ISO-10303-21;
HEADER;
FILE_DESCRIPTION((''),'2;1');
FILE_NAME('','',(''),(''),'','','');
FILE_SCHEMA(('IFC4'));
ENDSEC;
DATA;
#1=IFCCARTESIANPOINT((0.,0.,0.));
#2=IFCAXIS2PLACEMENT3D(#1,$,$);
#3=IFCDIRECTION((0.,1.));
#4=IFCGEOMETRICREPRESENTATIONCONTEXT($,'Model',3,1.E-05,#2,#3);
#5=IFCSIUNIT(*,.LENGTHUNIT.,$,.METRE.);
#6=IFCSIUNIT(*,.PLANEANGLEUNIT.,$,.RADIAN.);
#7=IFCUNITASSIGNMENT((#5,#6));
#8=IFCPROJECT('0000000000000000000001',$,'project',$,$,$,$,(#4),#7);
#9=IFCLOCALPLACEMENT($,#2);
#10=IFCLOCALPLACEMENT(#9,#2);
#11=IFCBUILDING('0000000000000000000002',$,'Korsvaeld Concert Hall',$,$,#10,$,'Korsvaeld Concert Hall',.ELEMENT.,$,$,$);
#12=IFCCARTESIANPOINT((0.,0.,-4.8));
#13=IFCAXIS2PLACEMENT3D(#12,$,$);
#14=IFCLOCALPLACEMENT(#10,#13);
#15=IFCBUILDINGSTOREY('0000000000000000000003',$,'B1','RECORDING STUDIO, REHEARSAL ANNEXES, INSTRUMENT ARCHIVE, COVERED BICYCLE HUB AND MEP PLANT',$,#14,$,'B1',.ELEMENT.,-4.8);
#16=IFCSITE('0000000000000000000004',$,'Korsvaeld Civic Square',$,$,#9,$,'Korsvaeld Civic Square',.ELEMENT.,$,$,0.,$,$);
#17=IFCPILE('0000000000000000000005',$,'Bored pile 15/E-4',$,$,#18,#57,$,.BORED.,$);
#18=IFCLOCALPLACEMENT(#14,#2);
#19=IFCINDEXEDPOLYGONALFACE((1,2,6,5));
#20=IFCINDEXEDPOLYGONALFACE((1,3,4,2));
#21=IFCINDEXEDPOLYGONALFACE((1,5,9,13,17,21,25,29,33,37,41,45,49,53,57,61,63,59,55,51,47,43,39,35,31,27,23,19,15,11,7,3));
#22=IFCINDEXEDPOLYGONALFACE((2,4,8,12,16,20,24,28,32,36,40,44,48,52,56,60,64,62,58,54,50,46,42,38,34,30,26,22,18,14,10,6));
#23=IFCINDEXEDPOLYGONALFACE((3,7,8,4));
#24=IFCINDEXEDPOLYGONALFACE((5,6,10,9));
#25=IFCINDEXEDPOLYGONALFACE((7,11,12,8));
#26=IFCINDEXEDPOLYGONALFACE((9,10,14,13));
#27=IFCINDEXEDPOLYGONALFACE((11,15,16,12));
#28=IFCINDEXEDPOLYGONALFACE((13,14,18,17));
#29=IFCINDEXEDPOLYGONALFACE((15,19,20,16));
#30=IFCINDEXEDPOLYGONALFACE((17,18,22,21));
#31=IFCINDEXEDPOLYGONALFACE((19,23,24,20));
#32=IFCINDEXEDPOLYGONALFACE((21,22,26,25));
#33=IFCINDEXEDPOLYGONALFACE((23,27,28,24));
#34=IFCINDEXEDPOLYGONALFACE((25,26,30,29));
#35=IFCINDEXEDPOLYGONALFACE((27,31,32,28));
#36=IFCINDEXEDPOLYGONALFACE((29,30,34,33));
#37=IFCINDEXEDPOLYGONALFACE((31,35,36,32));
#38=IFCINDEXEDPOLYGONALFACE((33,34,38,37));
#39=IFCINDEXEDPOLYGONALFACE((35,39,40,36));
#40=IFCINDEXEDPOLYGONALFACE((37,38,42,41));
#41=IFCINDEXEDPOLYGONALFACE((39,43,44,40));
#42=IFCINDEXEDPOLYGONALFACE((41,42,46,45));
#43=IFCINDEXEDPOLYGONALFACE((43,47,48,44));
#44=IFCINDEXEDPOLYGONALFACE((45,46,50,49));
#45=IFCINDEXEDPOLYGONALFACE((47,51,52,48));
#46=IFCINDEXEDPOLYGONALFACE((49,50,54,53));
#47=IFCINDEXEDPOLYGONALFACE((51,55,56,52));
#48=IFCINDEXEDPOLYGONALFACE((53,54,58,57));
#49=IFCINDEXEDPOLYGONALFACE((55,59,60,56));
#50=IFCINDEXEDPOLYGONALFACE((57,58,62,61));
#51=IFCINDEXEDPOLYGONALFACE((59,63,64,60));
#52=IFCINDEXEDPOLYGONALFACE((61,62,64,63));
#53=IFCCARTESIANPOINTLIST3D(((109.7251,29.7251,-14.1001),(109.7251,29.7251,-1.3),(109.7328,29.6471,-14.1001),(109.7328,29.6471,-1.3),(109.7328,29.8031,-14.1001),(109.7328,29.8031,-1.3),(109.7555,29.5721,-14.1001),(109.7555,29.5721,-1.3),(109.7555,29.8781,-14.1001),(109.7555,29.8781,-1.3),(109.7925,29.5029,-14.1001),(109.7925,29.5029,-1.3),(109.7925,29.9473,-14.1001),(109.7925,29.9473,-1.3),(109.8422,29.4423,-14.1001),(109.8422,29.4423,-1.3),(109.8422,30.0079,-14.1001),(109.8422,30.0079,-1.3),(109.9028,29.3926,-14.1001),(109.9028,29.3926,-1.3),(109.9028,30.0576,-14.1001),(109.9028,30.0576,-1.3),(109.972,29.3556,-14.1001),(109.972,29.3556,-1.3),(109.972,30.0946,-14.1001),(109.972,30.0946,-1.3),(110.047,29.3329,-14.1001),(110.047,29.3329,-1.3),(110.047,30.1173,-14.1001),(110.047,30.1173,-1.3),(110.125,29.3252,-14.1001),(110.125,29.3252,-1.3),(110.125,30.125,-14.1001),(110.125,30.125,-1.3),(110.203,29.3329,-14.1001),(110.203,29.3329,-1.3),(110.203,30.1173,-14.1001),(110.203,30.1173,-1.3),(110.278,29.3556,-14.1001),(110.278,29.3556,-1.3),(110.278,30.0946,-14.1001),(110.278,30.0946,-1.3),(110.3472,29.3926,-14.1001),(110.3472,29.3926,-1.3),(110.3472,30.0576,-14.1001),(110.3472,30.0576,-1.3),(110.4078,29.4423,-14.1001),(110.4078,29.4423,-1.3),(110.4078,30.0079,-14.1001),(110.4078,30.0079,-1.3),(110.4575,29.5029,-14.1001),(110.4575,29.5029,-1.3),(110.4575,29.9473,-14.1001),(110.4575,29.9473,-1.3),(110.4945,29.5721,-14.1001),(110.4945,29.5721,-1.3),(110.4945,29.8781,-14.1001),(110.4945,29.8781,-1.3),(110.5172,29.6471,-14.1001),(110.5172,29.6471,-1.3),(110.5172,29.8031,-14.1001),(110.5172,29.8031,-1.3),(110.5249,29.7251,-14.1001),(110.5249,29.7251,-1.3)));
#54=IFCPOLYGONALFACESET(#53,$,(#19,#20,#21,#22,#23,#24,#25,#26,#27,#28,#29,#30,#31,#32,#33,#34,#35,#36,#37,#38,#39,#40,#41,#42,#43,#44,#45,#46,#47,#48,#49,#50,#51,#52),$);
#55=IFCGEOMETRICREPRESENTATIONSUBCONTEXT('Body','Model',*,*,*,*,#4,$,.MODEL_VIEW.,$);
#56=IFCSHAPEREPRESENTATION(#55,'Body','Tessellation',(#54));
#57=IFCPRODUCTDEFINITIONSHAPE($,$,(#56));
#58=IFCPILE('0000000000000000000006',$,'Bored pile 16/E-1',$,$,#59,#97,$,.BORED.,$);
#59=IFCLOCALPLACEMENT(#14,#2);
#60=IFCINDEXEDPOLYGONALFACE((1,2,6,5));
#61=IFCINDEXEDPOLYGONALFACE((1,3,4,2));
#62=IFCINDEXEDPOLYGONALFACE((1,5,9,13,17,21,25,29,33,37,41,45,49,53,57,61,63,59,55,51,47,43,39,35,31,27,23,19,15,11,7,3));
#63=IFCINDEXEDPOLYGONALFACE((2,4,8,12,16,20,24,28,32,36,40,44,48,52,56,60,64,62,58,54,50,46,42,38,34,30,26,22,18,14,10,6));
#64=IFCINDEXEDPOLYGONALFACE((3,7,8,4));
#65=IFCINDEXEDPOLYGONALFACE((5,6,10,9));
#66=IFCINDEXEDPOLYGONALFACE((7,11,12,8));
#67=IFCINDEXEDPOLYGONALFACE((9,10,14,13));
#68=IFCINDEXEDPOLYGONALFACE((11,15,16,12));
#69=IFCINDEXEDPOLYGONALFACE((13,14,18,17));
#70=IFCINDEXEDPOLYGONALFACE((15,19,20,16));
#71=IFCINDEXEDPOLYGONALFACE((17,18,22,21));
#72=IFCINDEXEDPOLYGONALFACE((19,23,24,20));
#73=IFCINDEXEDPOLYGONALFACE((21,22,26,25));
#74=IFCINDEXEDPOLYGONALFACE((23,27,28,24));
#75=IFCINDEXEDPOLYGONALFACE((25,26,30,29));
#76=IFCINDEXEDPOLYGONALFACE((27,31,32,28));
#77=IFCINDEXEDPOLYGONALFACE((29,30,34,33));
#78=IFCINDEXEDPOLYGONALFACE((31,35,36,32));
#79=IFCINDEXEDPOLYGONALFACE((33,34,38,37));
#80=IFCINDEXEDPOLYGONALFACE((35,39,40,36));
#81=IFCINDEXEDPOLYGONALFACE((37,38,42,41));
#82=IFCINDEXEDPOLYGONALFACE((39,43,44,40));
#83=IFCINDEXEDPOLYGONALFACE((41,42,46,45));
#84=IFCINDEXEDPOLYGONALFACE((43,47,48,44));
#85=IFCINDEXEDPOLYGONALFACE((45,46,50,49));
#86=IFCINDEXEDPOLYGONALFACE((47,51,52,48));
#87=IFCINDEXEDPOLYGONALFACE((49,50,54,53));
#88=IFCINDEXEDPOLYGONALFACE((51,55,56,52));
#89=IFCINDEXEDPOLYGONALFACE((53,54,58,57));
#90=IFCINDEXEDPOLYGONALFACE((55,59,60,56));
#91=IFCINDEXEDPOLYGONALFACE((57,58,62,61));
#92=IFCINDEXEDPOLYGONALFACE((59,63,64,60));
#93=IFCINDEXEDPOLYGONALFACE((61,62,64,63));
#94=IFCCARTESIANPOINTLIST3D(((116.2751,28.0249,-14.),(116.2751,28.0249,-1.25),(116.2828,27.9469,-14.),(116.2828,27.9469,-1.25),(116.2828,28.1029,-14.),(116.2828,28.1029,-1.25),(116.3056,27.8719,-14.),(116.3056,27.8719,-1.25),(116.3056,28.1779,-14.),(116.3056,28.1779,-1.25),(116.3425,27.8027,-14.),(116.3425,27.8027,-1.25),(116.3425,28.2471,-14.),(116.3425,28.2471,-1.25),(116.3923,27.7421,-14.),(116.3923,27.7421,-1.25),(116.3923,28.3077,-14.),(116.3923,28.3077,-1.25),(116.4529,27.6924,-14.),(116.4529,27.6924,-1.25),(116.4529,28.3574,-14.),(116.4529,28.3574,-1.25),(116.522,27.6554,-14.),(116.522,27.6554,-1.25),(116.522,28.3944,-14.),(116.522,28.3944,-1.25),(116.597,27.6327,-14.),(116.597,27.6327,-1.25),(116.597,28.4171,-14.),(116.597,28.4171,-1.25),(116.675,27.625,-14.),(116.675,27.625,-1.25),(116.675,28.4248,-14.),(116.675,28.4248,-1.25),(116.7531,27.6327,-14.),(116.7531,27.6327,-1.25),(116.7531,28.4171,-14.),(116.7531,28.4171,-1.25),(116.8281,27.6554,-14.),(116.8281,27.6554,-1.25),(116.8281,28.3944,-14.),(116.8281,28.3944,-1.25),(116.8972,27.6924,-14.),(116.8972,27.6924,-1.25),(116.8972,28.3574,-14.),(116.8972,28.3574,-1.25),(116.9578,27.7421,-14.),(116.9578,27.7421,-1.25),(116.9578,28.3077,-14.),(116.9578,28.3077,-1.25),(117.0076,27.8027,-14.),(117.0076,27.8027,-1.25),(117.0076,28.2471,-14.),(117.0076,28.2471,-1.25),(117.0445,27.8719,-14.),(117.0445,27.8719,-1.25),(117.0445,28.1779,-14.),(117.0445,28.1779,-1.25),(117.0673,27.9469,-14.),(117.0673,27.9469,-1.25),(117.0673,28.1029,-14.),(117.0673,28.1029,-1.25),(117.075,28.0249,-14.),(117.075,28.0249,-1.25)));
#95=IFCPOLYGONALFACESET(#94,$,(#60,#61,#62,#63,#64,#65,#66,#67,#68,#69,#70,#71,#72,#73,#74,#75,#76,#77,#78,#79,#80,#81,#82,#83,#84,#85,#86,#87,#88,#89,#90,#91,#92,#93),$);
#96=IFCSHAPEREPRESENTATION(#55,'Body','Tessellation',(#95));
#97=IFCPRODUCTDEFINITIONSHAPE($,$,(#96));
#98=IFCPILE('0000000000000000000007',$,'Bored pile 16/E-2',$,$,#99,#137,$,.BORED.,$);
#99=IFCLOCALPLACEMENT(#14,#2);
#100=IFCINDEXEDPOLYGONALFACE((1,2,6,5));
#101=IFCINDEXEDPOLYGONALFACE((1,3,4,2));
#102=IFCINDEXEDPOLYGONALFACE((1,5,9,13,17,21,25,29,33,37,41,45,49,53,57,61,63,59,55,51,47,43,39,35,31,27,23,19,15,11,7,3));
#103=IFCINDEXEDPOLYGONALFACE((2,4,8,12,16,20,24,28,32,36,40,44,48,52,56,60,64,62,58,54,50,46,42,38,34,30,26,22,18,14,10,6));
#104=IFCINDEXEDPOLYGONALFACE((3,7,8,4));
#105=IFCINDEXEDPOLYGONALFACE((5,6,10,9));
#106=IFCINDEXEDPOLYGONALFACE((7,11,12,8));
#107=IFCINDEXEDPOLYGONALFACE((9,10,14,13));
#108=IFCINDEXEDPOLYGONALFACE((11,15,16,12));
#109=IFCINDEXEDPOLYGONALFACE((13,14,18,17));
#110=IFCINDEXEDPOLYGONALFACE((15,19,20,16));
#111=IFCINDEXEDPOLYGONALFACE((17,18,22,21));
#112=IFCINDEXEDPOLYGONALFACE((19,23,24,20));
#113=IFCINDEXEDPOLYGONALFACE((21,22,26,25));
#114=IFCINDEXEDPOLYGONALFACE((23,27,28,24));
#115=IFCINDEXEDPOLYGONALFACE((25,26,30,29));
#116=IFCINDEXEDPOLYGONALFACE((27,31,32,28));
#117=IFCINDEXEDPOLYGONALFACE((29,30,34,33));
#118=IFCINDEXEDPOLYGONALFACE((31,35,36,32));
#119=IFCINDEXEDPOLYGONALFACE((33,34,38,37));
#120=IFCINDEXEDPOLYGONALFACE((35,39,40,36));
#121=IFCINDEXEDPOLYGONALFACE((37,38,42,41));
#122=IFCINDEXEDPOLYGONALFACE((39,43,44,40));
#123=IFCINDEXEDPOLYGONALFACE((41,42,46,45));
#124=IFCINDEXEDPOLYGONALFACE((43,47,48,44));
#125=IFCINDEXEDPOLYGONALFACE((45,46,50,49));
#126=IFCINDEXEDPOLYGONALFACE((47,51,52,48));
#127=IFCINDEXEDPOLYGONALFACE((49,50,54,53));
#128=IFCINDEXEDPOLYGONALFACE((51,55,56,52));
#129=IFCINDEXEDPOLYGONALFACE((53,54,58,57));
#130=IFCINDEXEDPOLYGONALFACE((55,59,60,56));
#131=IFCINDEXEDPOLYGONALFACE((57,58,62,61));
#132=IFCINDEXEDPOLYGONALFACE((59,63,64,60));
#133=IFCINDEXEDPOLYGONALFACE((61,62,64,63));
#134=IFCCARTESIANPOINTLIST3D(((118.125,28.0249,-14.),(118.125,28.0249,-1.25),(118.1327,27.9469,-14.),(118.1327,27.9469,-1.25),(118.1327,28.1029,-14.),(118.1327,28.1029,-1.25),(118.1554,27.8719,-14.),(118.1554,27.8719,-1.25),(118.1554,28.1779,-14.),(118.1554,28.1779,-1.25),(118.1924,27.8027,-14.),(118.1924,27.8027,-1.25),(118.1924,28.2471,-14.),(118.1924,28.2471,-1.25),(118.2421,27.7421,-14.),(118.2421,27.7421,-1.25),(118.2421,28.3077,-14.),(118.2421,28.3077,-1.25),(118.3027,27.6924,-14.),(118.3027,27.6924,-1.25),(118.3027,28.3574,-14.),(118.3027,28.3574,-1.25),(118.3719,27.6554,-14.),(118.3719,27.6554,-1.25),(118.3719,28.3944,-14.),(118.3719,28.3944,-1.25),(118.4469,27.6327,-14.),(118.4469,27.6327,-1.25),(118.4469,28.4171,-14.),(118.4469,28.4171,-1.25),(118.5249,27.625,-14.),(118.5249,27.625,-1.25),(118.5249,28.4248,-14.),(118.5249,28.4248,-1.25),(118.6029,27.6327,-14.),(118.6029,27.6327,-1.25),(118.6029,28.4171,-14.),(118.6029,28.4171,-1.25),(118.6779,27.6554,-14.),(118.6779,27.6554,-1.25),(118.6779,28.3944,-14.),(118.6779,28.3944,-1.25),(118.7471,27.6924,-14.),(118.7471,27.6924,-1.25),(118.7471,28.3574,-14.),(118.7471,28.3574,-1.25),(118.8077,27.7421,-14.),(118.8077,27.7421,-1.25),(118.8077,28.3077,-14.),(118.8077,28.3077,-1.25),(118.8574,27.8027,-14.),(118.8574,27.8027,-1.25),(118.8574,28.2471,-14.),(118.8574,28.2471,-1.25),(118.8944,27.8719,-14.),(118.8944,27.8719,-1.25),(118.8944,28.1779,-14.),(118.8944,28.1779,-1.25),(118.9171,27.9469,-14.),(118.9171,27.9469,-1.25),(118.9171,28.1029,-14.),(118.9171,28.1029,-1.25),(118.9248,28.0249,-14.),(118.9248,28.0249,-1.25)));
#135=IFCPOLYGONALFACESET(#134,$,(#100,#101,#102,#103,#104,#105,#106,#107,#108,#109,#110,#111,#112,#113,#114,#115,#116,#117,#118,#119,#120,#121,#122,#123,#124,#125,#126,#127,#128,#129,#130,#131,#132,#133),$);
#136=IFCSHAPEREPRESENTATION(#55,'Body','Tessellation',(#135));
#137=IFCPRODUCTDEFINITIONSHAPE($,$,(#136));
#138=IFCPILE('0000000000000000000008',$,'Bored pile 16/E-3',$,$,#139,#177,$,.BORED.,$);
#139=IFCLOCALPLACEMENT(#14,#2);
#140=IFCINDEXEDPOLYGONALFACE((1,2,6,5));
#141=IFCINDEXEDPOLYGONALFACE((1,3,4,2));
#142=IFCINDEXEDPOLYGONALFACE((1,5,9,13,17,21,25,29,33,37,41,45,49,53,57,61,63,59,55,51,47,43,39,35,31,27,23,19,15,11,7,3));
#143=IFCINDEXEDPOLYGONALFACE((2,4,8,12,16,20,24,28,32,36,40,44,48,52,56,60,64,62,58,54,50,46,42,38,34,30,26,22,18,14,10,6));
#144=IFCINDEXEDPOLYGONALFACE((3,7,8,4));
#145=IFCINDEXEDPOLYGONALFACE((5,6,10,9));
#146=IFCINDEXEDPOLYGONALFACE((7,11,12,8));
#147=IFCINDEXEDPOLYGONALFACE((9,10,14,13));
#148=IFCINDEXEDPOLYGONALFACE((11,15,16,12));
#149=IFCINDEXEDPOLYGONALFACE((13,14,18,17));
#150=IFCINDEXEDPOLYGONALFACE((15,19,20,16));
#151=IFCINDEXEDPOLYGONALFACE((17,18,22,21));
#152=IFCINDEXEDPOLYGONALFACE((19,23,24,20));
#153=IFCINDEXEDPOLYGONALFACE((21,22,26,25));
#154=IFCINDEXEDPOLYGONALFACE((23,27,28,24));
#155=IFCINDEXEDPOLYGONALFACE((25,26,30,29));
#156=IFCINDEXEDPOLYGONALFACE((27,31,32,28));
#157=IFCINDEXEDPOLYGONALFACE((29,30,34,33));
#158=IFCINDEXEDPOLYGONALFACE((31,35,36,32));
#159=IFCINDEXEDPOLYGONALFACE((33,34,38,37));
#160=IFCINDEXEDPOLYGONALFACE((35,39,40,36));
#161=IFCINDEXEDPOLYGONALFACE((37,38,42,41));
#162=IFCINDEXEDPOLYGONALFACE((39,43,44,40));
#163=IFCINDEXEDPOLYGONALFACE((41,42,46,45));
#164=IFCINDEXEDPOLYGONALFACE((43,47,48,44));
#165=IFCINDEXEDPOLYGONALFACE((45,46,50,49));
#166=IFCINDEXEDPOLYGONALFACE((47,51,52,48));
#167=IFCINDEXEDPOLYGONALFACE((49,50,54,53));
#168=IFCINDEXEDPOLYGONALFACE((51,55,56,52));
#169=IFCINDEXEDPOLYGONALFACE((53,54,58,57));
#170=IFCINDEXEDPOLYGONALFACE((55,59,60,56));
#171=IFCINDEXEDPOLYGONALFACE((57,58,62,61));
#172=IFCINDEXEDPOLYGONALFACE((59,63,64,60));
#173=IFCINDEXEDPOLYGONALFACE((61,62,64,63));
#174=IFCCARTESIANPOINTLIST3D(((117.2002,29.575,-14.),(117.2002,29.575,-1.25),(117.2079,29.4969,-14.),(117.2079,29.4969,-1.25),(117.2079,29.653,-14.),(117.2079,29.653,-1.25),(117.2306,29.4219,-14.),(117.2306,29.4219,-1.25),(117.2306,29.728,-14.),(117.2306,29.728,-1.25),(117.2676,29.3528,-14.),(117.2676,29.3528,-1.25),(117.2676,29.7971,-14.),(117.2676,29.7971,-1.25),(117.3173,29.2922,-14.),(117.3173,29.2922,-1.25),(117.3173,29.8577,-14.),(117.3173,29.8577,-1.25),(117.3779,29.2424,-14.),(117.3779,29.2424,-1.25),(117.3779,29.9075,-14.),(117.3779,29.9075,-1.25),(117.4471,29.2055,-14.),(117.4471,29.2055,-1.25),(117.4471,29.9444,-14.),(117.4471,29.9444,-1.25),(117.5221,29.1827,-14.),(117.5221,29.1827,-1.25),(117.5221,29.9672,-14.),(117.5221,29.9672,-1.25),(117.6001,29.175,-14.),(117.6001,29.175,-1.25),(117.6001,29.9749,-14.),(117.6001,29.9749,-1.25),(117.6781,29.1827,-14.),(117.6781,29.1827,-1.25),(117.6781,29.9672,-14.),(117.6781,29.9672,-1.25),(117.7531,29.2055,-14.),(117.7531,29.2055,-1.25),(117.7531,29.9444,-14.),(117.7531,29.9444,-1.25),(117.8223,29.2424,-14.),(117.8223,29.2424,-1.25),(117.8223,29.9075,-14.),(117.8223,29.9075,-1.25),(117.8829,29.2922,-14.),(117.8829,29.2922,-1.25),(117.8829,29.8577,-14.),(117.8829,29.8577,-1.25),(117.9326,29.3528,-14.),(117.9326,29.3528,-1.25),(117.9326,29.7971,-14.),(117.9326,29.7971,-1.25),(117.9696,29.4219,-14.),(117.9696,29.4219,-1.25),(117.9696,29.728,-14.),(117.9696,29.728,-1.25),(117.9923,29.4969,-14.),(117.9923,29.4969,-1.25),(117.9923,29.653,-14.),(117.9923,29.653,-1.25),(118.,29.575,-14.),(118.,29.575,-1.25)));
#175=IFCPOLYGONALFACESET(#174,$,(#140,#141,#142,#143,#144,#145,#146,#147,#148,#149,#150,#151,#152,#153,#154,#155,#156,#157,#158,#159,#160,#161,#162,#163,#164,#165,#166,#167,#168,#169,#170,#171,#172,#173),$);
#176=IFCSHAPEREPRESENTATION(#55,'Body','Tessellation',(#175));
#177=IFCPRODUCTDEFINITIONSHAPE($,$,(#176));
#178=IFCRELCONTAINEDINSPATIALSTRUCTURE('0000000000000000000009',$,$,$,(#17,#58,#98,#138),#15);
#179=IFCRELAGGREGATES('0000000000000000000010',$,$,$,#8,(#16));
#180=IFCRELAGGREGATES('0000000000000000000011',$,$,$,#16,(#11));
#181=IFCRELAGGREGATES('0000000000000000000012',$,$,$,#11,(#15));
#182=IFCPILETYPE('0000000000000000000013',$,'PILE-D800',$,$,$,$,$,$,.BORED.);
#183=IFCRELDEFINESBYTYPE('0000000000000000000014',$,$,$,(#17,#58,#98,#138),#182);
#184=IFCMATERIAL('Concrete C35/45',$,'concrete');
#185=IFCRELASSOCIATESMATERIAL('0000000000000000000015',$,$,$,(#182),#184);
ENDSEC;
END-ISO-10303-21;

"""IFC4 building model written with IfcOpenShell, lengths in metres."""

from ifc_helpers import new_model, si_unit, direction, frame, origin, origin_2d, place, context, subcontext, project, spatial, circle, extrude, material, material_profile, profile_set, type_object, element, save


model = new_model("IFC4")

# Units and contexts
model_context = context("Model", 3, precision=1e-05, world=origin(), true_north=direction((0.0, 1.0)))
body_context = subcontext(model_context, "Body", "Model", "MODEL_VIEW")
ifc_project = project(units=[si_unit("LENGTHUNIT", "METRE"), si_unit("PLANEANGLEUNIT", "RADIAN")], contexts=[model_context])

# Site, building, storey
site_placement = place(None, origin())
site = spatial("IfcSite", under=ifc_project, at=site_placement, Name="Korsvaeld Civic Square", LongName="Korsvaeld Civic Square", CompositionType="ELEMENT", RefElevation=0.0)
building_placement = place(site_placement, origin())
building = spatial("IfcBuilding", under=site, at=building_placement, Name="Korsvaeld Concert Hall", LongName="Korsvaeld Concert Hall", CompositionType="ELEMENT")
storey_placement = place(building_placement, frame((0.0, 0.0, -4.8)))
storey = spatial("IfcBuildingStorey", under=building, at=storey_placement, Name="B1", Description="RECORDING STUDIO, REHEARSAL ANNEXES, INSTRUMENT ARCHIVE, COVERED BICYCLE HUB AND MEP PLANT", LongName="B1", CompositionType="ELEMENT", Elevation=-4.8)

# Shared definitions
ifc_material_1 = material(Name="Concrete C35/45", Category="concrete")

# Piles
ifc_material_profile_1 = material_profile(ifc_material_1, circle(Radius=0.3999, at=origin_2d()), Name="BORED PILE D800")
ifc_profile_set_1 = profile_set([ifc_material_profile_1], Name="Concrete C35/45")
pile_type_1 = type_object("IfcPileType", Name="PILE-D800", PredefinedType="BORED", material=ifc_profile_set_1)
pile_1_placement = place(storey_placement, frame((110.125, 29.7251, -1.3), z_axis=(0.0, 0.0, -1.0), x_axis=(1.0, 0.0, 0.0)))
element("IfcPile", 1, at=pile_1_placement, inside=storey, type_object=pile_type_1, Name="Bored pile 15/E-4", PredefinedType="BORED", context=body_context, shape_type="SweptSolid", body=[
    extrude(circle(Radius=0.3999, at=origin_2d()), origin(), (0.0, 0.0, 1.0), 12.8),
])
for number, where, z_axis, x_axis, name in (
    (2, (116.675, 28.0249, -1.25), (0.0, 0.0, -1.0), (1.0, 0.0, 0.0), "Bored pile 16/E-1"),
    (3, (118.5249, 28.0249, -1.25), (0.0, 0.0, -1.0), (1.0, 0.0, 0.0), "Bored pile 16/E-2"),
    (4, (117.6001, 29.575, -1.25), (0.0, 0.0, -1.0), (1.0, 0.0, 0.0), "Bored pile 16/E-3"),
):
    element("IfcPile", number, at=place(storey_placement, frame(where, z_axis=z_axis, x_axis=x_axis)), inside=storey, type_object=pile_type_1, Name=name, PredefinedType="BORED", context=body_context, shape_type="SweptSolid", body=[
        extrude(circle(Radius=0.3999, at=origin_2d()), origin(), (0.0, 0.0, 1.0), 12.75),
    ])

save(model, "model.ifc")
